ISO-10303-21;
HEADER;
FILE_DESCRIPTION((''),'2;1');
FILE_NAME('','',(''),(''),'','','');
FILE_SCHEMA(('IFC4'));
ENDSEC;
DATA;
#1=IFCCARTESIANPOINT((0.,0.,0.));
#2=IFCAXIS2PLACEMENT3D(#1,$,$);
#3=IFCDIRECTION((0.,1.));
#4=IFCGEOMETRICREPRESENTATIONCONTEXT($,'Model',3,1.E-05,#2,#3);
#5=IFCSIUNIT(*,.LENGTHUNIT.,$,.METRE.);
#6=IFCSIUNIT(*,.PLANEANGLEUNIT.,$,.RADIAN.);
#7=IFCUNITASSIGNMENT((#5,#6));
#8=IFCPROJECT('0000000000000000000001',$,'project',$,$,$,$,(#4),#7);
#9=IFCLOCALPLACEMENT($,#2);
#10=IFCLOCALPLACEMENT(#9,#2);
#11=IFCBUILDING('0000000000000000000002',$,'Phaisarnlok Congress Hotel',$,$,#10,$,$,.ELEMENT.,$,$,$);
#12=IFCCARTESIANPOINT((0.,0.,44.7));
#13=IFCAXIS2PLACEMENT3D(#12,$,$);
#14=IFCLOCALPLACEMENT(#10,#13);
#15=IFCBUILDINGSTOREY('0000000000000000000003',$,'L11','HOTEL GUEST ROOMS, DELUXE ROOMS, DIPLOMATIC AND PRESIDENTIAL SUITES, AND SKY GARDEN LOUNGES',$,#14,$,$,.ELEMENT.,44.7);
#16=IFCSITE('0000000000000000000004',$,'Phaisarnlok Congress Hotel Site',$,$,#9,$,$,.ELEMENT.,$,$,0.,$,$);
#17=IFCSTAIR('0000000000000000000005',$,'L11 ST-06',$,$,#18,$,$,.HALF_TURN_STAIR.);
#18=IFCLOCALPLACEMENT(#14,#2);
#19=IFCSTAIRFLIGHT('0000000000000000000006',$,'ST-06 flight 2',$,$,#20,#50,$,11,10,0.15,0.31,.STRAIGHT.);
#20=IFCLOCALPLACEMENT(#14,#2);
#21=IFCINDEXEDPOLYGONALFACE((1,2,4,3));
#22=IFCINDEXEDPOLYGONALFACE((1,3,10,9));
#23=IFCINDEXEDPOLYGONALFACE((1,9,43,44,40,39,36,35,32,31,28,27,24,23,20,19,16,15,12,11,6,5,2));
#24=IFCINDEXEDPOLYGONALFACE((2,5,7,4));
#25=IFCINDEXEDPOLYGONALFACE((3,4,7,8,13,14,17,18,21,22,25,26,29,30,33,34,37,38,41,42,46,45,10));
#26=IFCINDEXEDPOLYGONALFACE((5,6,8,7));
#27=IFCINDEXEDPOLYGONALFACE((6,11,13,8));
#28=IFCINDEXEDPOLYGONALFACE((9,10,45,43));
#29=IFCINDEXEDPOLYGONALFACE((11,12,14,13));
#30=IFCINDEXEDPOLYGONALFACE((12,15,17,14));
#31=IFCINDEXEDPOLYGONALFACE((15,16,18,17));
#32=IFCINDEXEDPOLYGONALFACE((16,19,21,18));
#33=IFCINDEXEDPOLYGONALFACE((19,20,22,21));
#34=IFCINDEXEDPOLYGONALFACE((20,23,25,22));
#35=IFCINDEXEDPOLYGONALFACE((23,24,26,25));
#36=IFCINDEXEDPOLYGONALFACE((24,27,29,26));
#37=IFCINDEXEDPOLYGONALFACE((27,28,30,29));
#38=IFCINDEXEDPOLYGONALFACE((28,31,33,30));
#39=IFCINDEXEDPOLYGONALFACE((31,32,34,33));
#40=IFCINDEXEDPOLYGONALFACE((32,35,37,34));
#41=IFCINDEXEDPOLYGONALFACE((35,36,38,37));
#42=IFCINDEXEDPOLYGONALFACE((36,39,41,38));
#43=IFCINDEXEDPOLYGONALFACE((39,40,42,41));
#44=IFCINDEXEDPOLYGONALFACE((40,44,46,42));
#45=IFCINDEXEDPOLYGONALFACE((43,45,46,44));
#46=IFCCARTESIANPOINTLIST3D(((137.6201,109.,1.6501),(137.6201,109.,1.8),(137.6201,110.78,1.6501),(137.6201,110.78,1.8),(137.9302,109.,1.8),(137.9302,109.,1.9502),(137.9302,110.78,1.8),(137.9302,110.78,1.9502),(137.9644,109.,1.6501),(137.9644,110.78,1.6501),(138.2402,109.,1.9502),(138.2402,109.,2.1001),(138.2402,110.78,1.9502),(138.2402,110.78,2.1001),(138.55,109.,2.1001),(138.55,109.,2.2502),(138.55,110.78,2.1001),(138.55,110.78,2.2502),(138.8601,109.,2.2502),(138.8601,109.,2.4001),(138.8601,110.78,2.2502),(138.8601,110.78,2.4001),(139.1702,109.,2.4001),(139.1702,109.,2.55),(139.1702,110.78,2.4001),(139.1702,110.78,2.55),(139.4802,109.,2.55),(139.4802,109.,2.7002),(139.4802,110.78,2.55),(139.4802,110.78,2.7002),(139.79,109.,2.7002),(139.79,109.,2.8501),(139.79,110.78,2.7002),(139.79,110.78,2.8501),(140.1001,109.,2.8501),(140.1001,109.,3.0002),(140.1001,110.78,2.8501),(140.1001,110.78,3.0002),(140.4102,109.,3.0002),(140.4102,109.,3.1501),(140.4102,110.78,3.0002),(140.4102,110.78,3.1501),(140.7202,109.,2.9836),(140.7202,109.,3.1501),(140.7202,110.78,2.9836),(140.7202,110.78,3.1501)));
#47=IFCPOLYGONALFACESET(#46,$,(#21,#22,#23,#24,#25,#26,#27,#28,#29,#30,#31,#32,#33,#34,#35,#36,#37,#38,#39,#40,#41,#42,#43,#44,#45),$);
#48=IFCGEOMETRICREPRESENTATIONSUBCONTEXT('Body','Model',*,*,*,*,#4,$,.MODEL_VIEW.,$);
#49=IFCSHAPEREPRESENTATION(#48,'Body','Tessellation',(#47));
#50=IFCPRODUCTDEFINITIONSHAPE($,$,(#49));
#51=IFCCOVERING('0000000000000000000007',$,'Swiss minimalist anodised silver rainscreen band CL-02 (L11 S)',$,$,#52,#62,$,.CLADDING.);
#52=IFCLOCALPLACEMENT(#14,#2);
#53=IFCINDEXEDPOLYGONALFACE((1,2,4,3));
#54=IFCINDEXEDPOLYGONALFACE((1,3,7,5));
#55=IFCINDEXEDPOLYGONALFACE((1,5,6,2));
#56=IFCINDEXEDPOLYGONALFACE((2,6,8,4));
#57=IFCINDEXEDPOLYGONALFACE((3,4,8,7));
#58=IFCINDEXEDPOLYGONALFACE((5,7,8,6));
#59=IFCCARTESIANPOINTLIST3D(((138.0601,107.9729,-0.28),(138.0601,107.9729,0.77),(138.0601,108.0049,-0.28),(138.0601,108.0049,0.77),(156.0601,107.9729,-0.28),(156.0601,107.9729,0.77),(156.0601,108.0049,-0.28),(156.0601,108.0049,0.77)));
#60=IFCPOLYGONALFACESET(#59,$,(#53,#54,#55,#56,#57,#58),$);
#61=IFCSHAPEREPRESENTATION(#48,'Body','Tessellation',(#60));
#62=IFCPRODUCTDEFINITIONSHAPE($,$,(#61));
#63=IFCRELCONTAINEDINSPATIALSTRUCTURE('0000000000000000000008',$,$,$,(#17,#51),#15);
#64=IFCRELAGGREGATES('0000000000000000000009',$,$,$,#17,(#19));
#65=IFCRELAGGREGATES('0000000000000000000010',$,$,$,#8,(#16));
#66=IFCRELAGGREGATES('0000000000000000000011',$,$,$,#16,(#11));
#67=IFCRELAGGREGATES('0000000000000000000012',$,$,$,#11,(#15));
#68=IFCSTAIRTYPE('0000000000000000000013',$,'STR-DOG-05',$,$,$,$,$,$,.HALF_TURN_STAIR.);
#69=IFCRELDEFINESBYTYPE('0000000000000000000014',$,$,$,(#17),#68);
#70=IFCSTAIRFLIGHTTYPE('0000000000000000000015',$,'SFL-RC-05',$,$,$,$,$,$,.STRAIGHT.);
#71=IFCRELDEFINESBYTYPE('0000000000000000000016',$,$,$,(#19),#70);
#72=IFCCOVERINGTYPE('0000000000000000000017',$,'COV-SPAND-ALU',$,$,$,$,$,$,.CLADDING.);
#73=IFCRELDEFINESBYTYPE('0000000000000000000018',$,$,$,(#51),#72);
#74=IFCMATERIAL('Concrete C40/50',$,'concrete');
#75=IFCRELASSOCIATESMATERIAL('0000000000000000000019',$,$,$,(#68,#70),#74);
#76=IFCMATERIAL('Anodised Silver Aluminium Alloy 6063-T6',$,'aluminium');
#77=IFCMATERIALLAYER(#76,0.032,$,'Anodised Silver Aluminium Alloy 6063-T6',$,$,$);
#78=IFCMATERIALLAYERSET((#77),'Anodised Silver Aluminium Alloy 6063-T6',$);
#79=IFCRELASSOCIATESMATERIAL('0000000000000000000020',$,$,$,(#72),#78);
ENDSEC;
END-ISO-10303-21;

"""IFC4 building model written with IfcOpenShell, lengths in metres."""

from ifc_helpers import new_model, si_unit, direction, frame, origin, place, context, subcontext, project, spatial, polyline, outline, extrude, material, layer, layer_set, type_object, element, aggregate, save


model = new_model("IFC4")

# Units and contexts
model_context = context("Model", 3, precision=1e-05, world=origin(), true_north=direction((0.0, 1.0)))
body_context = subcontext(model_context, "Body", "Model", "MODEL_VIEW")
ifc_project = project(units=[si_unit("LENGTHUNIT", "METRE"), si_unit("PLANEANGLEUNIT", "RADIAN")], contexts=[model_context])

# Site, building, storey
site_placement = place(None, origin())
site = spatial("IfcSite", under=ifc_project, at=site_placement, Name="Phaisarnlok Congress Hotel Site", CompositionType="ELEMENT", RefElevation=0.0)
building_placement = place(site_placement, origin())
building = spatial("IfcBuilding", under=site, at=building_placement, Name="Phaisarnlok Congress Hotel", CompositionType="ELEMENT")
storey_placement = place(building_placement, frame((0.0, 0.0, 44.7)))
storey = spatial("IfcBuildingStorey", under=building, at=storey_placement, Name="L11", Description="HOTEL GUEST ROOMS, DELUXE ROOMS, DIPLOMATIC AND PRESIDENTIAL SUITES, AND SKY GARDEN LOUNGES", CompositionType="ELEMENT", Elevation=44.7)

# Shared definitions
ifc_material_1 = material(Name="Concrete C40/50", Category="concrete")

# Stair, stair flight
stair_type = type_object("IfcStairType", Name="STR-DOG-05", PredefinedType="HALF_TURN_STAIR", material=ifc_material_1)
stair_placement = place(storey_placement, origin())
stair = element("IfcStair", 1, at=stair_placement, inside=storey, type_object=stair_type, Name="L11 ST-06", PredefinedType="HALF_TURN_STAIR")
stair_flight_type = type_object("IfcStairFlightType", Name="SFL-RC-05", PredefinedType="STRAIGHT", material=ifc_material_1)
stair_flight_1_placement = place(storey_placement, frame((137.6201, 109.8899, 1.6501), z_axis=(0.0, 0.0, 1.0), x_axis=(1.0, 0.0, 0.0)))
stair_flight_1 = element("IfcStairFlight", 2, at=stair_flight_1_placement, type_object=stair_flight_type, Name="ST-06 flight 2", NumberOfRisers=11, NumberOfTreads=10, PredefinedType="STRAIGHT", RiserHeight=0.15, TreadLength=0.31, context=body_context, shape_type="SweptSolid", body=[
    extrude(outline(polyline([(0.0, 0.0), (0.0, 0.1499), (0.3101, 0.1499), (0.3101, 0.3), (0.6201, 0.3), (0.6201, 0.45), (0.9299, 0.45), (0.9299, 0.6001), (1.24, 0.6001), (1.24, 0.75), (1.55, 0.75), (1.55, 0.8999), (1.8601, 0.8999), (1.8601, 1.05), (2.1699, 1.05), (2.1699, 1.2), (2.48, 1.2), (2.48, 1.3501), (2.79, 1.3501), (2.79, 1.5), (3.1001, 1.5), (3.1001, 1.6499), (3.1001, 1.3335), (0.3442, 0.0), (0.0, 0.0)])), frame((0.0, 0.8901, 0.0), z_axis=(0.0, -1.0, 0.0), x_axis=(1.0, 0.0, 0.0)), (0.0, 0.0, 1.0), 1.78),
])
aggregate(stair, [stair_flight_1])

# Covering
ifc_material_2 = material(Name="Anodised Silver Aluminium Alloy 6063-T6", Category="aluminium")
ifc_layer_1 = layer(ifc_material_2, 0.032, Name="Anodised Silver Aluminium Alloy 6063-T6")
ifc_layer_set_1 = layer_set([ifc_layer_1], Name="Anodised Silver Aluminium Alloy 6063-T6")
covering_type = type_object("IfcCoveringType", Name="COV-SPAND-ALU", PredefinedType="CLADDING", material=ifc_layer_set_1)
covering_placement = place(storey_placement, frame((138.0601, 108.0049, -0.28), z_axis=(0.0, -1.0, 0.0), x_axis=(1.0, 0.0, 0.0)))
element("IfcCovering", 3, at=covering_placement, inside=storey, type_object=covering_type, Name="Swiss minimalist anodised silver rainscreen band CL-02 (L11 S)", PredefinedType="CLADDING", context=body_context, shape_type="SweptSolid", body=[
    extrude(outline(polyline([(0.0, 0.0), (18.0, 0.0), (18.0, 1.05), (0.0, 1.05), (0.0, 0.0)])), origin(), (0.0, 0.0, 1.0), 0.032),
])

save(model, "model.ifc")
